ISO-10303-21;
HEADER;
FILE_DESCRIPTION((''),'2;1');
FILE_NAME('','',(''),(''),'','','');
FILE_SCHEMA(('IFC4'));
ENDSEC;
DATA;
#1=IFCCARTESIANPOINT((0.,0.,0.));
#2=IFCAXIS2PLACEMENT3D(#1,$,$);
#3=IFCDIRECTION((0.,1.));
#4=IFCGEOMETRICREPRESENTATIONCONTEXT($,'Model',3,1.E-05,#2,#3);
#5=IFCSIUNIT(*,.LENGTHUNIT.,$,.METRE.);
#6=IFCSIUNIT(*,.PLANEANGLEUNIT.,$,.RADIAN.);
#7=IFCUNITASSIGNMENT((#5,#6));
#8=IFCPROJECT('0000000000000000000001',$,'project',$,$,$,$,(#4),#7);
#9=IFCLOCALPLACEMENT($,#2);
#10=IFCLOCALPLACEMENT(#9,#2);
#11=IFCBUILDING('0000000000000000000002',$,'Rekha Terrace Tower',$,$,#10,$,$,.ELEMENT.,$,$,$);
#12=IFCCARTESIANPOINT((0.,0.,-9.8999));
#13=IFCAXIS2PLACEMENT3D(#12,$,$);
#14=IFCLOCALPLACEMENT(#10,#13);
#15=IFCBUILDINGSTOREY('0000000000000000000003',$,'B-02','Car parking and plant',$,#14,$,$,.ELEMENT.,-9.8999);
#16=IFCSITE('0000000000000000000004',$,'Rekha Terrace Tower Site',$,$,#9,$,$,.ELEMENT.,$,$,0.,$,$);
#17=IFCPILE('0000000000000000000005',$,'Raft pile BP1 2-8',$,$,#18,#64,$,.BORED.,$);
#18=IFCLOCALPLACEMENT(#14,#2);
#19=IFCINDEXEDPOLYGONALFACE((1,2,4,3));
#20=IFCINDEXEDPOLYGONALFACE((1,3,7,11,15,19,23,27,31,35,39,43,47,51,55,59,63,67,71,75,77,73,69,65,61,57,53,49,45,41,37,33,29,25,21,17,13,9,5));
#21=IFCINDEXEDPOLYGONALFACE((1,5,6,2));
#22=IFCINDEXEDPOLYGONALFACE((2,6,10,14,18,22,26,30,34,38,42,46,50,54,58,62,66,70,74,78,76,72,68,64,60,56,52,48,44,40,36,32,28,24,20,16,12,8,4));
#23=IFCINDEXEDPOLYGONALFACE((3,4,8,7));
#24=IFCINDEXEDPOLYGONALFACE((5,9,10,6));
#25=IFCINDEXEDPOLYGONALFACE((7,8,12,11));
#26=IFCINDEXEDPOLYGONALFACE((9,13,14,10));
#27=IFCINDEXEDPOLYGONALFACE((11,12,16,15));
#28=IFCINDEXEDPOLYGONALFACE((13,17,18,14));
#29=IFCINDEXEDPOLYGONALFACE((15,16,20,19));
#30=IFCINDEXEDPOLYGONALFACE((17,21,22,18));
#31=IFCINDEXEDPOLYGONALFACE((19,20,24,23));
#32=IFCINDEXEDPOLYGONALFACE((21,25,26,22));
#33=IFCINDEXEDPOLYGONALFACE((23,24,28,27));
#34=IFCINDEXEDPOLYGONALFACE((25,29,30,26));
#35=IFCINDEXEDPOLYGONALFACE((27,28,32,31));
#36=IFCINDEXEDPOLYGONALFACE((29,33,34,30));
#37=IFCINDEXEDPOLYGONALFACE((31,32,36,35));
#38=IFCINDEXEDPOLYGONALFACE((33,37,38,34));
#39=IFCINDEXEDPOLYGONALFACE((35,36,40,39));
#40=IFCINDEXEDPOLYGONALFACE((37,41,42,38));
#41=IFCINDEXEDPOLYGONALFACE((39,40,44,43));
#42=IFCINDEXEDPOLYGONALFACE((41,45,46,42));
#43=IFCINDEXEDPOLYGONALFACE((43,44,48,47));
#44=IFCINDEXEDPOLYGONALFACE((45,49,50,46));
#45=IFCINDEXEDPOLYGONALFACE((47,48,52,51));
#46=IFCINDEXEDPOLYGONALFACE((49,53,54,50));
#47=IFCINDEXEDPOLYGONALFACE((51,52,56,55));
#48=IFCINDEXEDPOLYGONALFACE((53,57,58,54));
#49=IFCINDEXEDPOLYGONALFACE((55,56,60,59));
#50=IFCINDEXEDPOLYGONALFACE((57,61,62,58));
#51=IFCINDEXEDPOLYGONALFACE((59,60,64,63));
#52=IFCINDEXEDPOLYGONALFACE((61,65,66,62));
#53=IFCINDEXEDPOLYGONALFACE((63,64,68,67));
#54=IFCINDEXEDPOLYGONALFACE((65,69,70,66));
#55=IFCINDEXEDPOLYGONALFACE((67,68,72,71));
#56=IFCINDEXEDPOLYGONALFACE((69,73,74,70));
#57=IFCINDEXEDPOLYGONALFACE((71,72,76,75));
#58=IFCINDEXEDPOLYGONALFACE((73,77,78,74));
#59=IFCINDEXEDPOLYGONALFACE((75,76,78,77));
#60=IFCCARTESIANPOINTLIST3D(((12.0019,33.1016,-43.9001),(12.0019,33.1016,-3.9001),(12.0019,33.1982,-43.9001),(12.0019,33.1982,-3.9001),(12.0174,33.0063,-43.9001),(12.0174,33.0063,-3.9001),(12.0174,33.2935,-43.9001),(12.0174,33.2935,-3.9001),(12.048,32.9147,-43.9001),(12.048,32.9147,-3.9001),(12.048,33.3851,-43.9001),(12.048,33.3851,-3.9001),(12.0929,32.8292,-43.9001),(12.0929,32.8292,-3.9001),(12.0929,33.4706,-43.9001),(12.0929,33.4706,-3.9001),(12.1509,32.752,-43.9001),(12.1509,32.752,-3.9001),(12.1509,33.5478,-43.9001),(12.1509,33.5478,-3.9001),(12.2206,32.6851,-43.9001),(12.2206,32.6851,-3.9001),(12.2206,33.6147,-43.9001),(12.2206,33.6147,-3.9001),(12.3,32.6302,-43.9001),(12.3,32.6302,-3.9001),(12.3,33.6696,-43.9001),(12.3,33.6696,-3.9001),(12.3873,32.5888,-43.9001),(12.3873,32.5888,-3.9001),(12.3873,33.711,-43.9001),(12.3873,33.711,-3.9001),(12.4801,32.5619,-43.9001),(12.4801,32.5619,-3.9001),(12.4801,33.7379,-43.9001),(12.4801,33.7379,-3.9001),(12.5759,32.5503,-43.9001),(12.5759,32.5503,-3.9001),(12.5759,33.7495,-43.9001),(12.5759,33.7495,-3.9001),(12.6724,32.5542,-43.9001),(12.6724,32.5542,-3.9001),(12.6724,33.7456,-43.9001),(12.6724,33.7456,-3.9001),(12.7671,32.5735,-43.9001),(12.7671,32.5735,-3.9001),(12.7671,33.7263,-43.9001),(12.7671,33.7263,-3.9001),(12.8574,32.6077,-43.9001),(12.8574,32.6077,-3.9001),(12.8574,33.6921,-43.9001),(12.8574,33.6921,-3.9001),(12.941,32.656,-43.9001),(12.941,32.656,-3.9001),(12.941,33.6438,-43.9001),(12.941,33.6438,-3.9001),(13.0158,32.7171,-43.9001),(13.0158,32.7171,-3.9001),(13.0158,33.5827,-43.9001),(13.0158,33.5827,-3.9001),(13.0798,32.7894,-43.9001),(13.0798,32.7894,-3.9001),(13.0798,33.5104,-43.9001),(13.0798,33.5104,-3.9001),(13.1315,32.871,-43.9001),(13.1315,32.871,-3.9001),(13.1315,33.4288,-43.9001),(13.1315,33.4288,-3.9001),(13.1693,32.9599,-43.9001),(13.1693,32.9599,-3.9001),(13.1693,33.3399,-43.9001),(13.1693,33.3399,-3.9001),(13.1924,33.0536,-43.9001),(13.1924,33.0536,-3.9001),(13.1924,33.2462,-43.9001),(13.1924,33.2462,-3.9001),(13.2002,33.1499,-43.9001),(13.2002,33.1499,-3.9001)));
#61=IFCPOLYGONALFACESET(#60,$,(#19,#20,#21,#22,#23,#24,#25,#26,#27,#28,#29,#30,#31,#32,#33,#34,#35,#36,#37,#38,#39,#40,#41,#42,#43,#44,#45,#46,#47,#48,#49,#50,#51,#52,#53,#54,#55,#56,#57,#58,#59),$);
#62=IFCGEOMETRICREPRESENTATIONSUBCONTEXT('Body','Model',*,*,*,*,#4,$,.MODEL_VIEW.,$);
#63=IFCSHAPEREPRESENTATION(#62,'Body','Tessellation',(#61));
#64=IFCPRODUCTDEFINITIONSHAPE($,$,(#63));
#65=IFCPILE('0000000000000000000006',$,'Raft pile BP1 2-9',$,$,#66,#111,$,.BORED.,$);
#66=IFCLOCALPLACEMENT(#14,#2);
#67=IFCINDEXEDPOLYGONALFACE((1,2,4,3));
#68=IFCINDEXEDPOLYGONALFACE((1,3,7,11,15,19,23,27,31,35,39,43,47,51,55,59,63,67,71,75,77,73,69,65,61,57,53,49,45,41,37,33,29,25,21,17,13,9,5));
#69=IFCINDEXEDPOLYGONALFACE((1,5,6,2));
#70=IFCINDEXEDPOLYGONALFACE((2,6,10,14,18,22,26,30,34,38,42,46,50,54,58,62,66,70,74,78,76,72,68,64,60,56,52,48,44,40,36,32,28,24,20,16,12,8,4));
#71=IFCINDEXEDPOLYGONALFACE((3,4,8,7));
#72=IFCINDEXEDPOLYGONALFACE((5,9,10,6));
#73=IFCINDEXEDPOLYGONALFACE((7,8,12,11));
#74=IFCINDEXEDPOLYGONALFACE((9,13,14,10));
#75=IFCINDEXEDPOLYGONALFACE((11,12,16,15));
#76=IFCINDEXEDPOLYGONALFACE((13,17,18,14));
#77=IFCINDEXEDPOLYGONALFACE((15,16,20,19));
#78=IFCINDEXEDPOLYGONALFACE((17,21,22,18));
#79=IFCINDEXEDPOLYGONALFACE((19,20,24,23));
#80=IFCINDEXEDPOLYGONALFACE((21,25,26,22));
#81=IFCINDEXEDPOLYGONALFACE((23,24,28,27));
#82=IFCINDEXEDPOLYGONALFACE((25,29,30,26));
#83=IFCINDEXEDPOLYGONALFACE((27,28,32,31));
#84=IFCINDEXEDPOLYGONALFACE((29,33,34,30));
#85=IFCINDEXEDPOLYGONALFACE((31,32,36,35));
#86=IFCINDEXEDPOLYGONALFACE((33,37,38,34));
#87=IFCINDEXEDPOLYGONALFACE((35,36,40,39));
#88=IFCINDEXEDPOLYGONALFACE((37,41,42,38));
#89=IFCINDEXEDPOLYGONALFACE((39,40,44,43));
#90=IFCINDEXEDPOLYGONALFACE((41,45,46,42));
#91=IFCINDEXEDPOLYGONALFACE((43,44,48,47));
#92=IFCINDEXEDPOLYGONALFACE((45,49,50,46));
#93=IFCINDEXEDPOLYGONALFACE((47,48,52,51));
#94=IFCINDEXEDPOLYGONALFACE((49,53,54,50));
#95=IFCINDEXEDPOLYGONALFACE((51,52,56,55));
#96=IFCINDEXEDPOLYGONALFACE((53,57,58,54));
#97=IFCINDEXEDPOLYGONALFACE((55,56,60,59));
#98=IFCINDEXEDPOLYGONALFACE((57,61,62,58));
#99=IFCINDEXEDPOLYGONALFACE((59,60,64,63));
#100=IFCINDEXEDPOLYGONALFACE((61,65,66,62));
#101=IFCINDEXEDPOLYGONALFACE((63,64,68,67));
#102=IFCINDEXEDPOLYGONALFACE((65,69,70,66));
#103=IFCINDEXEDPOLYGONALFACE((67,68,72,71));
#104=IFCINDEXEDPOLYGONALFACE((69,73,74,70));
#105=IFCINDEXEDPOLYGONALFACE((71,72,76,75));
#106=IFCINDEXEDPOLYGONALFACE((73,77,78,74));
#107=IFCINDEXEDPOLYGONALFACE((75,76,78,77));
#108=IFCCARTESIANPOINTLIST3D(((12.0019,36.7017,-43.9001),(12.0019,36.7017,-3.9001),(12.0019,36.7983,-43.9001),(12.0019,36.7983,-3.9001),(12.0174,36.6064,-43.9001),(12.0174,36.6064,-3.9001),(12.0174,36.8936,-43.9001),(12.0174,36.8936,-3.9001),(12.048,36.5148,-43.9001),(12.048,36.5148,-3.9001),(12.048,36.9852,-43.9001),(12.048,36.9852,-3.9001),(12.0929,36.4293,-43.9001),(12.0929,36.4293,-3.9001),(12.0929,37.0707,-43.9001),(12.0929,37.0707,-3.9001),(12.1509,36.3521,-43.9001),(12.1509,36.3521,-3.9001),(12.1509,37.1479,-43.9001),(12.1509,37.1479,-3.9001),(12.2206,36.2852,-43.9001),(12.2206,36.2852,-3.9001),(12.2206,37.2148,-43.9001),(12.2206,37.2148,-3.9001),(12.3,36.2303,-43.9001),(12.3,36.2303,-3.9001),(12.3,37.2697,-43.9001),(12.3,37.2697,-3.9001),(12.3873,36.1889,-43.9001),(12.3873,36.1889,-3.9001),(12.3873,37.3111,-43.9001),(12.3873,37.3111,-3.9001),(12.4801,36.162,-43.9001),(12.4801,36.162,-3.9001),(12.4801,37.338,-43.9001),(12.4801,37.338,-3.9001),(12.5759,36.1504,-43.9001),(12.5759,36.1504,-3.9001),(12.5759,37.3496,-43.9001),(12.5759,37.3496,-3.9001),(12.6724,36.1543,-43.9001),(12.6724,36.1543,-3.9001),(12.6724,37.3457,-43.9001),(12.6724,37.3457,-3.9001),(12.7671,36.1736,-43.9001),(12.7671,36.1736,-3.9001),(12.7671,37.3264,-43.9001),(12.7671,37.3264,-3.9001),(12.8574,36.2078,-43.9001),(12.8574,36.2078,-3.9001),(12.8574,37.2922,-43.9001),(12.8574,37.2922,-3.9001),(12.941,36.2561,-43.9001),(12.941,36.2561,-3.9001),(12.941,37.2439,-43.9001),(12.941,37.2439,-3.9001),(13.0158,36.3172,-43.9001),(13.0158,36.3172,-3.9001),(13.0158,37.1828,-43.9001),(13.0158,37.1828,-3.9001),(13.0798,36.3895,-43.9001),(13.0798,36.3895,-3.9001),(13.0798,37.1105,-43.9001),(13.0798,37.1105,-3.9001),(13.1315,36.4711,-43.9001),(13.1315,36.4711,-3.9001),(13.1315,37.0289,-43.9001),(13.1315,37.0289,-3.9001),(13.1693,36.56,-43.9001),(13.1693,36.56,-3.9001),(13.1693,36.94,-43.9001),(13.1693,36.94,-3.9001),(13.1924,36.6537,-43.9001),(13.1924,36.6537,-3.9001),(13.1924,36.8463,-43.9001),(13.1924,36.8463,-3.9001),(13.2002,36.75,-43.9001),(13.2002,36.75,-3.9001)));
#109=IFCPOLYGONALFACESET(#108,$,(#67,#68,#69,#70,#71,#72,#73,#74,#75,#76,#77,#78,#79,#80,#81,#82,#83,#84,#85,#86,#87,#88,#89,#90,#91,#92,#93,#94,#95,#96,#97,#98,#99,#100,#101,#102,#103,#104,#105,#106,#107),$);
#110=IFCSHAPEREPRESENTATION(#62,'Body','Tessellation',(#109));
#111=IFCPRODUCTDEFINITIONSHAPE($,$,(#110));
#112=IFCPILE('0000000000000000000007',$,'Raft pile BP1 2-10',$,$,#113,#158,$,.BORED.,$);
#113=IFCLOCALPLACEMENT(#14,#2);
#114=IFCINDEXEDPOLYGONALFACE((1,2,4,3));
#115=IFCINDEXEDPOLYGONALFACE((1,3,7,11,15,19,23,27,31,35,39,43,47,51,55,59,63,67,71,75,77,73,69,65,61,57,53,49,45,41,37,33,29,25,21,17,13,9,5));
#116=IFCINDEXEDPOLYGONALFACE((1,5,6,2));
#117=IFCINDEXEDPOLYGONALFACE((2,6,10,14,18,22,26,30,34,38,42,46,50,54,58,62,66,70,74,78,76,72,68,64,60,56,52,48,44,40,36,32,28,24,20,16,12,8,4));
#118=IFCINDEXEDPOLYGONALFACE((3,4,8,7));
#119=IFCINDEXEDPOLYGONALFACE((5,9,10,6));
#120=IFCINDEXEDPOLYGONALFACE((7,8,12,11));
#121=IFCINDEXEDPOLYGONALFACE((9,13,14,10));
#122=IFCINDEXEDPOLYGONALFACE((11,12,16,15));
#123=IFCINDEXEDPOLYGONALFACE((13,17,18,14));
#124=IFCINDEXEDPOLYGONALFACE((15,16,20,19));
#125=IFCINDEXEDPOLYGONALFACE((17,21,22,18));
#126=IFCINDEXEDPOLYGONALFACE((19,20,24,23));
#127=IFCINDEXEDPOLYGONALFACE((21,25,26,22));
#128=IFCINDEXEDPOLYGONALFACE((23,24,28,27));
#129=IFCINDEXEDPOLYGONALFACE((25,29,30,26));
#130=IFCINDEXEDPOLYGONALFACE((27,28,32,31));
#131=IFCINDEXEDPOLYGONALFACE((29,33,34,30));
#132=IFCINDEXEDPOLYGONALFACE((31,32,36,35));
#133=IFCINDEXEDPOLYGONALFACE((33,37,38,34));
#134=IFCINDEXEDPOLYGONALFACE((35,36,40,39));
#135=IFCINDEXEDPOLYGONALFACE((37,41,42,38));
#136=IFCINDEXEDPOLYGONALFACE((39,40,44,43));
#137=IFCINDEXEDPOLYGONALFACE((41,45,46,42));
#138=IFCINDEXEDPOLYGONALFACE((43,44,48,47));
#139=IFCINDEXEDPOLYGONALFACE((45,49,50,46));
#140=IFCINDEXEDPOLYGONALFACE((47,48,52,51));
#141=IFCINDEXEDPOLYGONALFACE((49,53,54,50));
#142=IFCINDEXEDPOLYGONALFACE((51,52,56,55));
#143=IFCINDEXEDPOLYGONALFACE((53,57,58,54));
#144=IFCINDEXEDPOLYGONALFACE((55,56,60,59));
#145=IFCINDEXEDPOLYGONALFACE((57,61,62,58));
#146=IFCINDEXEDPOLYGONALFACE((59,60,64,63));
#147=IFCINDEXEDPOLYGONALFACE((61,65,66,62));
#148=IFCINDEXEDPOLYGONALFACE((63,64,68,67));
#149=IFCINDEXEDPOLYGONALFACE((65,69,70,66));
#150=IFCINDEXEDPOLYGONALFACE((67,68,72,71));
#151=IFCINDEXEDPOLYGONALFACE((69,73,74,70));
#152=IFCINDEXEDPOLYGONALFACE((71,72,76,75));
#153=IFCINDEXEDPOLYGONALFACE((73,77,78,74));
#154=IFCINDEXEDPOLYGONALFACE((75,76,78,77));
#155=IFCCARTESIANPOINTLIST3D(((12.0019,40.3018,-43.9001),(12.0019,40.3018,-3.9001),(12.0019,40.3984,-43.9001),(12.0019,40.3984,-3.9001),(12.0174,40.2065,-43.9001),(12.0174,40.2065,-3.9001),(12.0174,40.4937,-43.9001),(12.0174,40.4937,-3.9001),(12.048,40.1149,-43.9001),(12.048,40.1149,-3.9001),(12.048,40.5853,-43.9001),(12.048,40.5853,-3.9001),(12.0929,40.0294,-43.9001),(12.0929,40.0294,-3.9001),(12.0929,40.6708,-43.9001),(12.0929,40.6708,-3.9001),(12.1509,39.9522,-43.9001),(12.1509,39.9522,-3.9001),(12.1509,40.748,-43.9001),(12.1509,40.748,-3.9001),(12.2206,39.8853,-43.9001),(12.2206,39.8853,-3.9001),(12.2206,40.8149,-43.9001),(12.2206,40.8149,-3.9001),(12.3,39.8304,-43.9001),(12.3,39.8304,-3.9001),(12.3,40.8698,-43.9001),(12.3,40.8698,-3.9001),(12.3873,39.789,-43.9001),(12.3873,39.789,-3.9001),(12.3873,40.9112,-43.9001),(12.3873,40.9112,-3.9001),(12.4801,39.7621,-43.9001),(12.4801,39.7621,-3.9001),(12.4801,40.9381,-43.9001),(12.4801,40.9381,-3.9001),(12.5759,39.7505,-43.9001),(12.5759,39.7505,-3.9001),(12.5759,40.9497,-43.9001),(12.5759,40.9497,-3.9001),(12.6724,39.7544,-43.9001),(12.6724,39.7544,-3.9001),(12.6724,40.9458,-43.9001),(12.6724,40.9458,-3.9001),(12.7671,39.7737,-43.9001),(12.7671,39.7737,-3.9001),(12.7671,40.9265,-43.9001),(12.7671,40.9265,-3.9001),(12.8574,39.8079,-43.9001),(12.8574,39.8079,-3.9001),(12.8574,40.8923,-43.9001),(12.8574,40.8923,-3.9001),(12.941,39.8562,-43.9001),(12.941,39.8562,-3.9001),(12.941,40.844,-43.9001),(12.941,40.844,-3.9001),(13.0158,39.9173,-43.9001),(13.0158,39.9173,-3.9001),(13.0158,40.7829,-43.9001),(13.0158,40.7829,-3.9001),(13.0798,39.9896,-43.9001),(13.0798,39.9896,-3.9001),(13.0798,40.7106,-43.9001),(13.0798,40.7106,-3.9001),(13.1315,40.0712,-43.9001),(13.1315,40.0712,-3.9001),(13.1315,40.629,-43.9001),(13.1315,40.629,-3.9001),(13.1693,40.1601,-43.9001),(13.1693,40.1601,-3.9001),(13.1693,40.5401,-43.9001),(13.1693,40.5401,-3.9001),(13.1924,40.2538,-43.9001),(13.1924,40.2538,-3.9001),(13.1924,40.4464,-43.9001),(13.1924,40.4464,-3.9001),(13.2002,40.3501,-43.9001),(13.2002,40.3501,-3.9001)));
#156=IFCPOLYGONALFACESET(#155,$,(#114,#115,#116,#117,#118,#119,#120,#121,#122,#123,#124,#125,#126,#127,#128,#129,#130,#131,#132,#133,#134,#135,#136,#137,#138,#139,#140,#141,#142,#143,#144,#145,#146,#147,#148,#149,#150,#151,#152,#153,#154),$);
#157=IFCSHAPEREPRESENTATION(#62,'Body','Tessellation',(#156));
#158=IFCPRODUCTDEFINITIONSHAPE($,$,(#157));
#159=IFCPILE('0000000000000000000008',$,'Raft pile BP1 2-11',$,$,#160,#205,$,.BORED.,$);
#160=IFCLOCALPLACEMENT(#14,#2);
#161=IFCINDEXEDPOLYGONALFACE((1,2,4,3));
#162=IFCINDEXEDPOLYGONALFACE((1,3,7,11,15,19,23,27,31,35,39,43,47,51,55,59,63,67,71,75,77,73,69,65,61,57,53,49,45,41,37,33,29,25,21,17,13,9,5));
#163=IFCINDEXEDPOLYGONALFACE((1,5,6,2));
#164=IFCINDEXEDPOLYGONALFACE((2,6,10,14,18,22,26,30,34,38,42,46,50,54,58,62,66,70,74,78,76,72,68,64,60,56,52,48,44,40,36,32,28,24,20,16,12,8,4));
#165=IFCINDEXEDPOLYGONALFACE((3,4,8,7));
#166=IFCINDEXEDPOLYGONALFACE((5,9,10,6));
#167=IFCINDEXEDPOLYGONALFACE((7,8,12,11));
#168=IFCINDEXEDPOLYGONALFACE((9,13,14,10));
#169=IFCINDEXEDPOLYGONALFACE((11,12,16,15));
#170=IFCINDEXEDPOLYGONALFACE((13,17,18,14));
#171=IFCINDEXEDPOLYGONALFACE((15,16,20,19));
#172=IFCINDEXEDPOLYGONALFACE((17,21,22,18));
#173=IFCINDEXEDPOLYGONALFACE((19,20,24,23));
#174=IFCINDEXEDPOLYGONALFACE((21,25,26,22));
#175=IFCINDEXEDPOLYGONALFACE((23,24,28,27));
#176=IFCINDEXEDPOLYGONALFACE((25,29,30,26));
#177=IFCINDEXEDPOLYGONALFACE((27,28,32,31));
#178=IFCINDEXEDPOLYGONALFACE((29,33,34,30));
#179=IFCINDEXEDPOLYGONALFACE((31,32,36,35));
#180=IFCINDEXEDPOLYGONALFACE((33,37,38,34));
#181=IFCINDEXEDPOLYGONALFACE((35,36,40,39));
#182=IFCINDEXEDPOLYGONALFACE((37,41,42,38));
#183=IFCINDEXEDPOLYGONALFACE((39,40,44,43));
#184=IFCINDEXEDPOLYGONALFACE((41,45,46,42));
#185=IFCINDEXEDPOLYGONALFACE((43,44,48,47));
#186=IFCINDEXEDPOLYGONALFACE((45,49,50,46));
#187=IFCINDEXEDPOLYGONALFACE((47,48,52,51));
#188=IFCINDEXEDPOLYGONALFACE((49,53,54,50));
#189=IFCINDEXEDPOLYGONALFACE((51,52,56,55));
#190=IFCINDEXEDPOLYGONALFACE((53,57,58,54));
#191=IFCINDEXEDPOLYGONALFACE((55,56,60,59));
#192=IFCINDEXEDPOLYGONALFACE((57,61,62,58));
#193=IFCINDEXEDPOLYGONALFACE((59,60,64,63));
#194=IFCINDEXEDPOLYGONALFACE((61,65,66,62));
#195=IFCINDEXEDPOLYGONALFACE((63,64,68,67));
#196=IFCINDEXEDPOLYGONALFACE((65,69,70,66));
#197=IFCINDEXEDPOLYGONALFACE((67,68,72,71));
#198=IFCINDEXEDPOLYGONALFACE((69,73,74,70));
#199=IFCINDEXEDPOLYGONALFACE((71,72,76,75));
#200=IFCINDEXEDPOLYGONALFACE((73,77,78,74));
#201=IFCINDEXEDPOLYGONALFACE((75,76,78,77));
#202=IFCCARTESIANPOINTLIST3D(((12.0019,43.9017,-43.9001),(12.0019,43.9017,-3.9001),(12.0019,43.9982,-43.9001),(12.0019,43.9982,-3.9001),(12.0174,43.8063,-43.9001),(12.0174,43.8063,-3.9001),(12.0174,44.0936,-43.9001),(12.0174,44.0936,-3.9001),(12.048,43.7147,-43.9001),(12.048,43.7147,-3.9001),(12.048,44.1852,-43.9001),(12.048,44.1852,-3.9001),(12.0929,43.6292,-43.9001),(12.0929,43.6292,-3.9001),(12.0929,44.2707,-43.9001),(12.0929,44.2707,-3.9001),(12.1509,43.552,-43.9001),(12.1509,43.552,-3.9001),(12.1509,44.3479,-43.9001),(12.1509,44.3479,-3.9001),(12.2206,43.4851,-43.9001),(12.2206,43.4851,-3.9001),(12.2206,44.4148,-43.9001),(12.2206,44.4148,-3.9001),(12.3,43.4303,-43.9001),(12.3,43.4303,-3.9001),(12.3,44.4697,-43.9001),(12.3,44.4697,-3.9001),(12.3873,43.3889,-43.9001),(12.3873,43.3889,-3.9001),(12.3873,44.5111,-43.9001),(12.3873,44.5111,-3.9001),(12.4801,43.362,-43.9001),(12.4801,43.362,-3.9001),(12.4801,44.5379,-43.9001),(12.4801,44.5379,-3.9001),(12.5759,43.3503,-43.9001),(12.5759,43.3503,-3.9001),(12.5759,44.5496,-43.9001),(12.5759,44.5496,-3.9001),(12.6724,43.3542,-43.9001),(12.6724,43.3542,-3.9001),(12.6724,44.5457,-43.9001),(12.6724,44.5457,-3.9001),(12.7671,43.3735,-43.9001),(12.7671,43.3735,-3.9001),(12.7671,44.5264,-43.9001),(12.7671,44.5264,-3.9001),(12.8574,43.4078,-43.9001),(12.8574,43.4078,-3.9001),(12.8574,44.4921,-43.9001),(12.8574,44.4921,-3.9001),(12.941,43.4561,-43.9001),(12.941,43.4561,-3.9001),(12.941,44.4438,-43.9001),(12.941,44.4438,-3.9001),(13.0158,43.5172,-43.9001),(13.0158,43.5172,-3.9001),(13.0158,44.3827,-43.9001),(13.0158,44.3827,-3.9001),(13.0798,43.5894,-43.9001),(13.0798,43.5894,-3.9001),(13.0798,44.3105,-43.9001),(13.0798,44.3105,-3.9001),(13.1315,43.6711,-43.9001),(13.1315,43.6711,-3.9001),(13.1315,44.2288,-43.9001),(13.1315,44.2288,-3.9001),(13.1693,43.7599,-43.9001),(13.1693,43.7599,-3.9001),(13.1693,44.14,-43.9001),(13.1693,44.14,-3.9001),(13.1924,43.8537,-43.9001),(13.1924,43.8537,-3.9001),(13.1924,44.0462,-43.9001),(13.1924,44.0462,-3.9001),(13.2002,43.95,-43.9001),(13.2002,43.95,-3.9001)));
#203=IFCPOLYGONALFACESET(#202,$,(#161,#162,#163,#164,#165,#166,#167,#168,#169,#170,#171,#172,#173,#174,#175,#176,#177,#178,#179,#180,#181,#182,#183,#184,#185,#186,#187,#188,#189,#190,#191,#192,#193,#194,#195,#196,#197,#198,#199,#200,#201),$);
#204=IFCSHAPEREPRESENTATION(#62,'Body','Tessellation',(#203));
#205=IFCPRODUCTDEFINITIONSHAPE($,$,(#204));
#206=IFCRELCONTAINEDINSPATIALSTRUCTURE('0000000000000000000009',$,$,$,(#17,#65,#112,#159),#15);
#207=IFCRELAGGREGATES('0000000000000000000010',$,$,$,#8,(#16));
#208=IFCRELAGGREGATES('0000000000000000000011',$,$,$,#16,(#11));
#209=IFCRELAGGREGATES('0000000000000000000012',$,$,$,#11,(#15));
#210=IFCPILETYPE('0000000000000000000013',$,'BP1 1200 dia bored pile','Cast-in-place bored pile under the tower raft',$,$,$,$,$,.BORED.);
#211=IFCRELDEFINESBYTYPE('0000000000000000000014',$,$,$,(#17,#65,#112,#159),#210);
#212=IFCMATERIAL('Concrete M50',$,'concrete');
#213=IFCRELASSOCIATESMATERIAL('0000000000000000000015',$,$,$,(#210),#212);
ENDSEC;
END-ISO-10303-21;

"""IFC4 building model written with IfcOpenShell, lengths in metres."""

from ifc_helpers import new_model, si_unit, direction, frame, origin, origin_2d, place, context, subcontext, project, spatial, circle, extrude, material, type_object, element, save


model = new_model("IFC4")

# Units and contexts
model_context = context("Model", 3, precision=1e-05, world=origin(), true_north=direction((0.0, 1.0)))
body_context = subcontext(model_context, "Body", "Model", "MODEL_VIEW")
ifc_project = project(units=[si_unit("LENGTHUNIT", "METRE"), si_unit("PLANEANGLEUNIT", "RADIAN")], contexts=[model_context])

# Site, building, storey
site_placement = place(None, origin())
site = spatial("IfcSite", under=ifc_project, at=site_placement, Name="Rekha Terrace Tower Site", CompositionType="ELEMENT", RefElevation=0.0)
building_placement = place(site_placement, origin())
building = spatial("IfcBuilding", under=site, at=building_placement, Name="Rekha Terrace Tower", CompositionType="ELEMENT")
storey_placement = place(building_placement, frame((0.0, 0.0, -9.8999)))
storey = spatial("IfcBuildingStorey", under=building, at=storey_placement, Name="B-02", Description="Car parking and plant", CompositionType="ELEMENT", Elevation=-9.8999)

# Piles
ifc_material_1 = material(Name="Concrete M50", Category="concrete")
pile_type = type_object("IfcPileType", Name="BP1 1200 dia bored pile", Description="Cast-in-place bored pile under the tower raft", PredefinedType="BORED", material=ifc_material_1)
for number, where, z_axis, x_axis, name in (
    (1, (12.6001, 33.1499, -3.9001), (0.0, 0.0, -1.0), (1.0, 0.0, 0.0), "Raft pile BP1 2-8"),
    (2, (12.6001, 36.75, -3.9001), (0.0, 0.0, -1.0), (1.0, 0.0, 0.0), "Raft pile BP1 2-9"),
    (3, (12.6001, 40.3501, -3.9001), (0.0, 0.0, -1.0), (1.0, 0.0, 0.0), "Raft pile BP1 2-10"),
    (4, (12.6001, 43.95, -3.9001), (0.0, 0.0, -1.0), (1.0, 0.0, 0.0), "Raft pile BP1 2-11"),
):
    element("IfcPile", number, at=place(storey_placement, frame(where, z_axis=z_axis, x_axis=x_axis)), inside=storey, type_object=pile_type, Name=name, PredefinedType="BORED", context=body_context, shape_type="SweptSolid", body=[
        extrude(circle(Radius=0.6001, at=origin_2d()), origin(), (0.0, 0.0, 1.0), 40.0),
    ])

save(model, "model.ifc")
